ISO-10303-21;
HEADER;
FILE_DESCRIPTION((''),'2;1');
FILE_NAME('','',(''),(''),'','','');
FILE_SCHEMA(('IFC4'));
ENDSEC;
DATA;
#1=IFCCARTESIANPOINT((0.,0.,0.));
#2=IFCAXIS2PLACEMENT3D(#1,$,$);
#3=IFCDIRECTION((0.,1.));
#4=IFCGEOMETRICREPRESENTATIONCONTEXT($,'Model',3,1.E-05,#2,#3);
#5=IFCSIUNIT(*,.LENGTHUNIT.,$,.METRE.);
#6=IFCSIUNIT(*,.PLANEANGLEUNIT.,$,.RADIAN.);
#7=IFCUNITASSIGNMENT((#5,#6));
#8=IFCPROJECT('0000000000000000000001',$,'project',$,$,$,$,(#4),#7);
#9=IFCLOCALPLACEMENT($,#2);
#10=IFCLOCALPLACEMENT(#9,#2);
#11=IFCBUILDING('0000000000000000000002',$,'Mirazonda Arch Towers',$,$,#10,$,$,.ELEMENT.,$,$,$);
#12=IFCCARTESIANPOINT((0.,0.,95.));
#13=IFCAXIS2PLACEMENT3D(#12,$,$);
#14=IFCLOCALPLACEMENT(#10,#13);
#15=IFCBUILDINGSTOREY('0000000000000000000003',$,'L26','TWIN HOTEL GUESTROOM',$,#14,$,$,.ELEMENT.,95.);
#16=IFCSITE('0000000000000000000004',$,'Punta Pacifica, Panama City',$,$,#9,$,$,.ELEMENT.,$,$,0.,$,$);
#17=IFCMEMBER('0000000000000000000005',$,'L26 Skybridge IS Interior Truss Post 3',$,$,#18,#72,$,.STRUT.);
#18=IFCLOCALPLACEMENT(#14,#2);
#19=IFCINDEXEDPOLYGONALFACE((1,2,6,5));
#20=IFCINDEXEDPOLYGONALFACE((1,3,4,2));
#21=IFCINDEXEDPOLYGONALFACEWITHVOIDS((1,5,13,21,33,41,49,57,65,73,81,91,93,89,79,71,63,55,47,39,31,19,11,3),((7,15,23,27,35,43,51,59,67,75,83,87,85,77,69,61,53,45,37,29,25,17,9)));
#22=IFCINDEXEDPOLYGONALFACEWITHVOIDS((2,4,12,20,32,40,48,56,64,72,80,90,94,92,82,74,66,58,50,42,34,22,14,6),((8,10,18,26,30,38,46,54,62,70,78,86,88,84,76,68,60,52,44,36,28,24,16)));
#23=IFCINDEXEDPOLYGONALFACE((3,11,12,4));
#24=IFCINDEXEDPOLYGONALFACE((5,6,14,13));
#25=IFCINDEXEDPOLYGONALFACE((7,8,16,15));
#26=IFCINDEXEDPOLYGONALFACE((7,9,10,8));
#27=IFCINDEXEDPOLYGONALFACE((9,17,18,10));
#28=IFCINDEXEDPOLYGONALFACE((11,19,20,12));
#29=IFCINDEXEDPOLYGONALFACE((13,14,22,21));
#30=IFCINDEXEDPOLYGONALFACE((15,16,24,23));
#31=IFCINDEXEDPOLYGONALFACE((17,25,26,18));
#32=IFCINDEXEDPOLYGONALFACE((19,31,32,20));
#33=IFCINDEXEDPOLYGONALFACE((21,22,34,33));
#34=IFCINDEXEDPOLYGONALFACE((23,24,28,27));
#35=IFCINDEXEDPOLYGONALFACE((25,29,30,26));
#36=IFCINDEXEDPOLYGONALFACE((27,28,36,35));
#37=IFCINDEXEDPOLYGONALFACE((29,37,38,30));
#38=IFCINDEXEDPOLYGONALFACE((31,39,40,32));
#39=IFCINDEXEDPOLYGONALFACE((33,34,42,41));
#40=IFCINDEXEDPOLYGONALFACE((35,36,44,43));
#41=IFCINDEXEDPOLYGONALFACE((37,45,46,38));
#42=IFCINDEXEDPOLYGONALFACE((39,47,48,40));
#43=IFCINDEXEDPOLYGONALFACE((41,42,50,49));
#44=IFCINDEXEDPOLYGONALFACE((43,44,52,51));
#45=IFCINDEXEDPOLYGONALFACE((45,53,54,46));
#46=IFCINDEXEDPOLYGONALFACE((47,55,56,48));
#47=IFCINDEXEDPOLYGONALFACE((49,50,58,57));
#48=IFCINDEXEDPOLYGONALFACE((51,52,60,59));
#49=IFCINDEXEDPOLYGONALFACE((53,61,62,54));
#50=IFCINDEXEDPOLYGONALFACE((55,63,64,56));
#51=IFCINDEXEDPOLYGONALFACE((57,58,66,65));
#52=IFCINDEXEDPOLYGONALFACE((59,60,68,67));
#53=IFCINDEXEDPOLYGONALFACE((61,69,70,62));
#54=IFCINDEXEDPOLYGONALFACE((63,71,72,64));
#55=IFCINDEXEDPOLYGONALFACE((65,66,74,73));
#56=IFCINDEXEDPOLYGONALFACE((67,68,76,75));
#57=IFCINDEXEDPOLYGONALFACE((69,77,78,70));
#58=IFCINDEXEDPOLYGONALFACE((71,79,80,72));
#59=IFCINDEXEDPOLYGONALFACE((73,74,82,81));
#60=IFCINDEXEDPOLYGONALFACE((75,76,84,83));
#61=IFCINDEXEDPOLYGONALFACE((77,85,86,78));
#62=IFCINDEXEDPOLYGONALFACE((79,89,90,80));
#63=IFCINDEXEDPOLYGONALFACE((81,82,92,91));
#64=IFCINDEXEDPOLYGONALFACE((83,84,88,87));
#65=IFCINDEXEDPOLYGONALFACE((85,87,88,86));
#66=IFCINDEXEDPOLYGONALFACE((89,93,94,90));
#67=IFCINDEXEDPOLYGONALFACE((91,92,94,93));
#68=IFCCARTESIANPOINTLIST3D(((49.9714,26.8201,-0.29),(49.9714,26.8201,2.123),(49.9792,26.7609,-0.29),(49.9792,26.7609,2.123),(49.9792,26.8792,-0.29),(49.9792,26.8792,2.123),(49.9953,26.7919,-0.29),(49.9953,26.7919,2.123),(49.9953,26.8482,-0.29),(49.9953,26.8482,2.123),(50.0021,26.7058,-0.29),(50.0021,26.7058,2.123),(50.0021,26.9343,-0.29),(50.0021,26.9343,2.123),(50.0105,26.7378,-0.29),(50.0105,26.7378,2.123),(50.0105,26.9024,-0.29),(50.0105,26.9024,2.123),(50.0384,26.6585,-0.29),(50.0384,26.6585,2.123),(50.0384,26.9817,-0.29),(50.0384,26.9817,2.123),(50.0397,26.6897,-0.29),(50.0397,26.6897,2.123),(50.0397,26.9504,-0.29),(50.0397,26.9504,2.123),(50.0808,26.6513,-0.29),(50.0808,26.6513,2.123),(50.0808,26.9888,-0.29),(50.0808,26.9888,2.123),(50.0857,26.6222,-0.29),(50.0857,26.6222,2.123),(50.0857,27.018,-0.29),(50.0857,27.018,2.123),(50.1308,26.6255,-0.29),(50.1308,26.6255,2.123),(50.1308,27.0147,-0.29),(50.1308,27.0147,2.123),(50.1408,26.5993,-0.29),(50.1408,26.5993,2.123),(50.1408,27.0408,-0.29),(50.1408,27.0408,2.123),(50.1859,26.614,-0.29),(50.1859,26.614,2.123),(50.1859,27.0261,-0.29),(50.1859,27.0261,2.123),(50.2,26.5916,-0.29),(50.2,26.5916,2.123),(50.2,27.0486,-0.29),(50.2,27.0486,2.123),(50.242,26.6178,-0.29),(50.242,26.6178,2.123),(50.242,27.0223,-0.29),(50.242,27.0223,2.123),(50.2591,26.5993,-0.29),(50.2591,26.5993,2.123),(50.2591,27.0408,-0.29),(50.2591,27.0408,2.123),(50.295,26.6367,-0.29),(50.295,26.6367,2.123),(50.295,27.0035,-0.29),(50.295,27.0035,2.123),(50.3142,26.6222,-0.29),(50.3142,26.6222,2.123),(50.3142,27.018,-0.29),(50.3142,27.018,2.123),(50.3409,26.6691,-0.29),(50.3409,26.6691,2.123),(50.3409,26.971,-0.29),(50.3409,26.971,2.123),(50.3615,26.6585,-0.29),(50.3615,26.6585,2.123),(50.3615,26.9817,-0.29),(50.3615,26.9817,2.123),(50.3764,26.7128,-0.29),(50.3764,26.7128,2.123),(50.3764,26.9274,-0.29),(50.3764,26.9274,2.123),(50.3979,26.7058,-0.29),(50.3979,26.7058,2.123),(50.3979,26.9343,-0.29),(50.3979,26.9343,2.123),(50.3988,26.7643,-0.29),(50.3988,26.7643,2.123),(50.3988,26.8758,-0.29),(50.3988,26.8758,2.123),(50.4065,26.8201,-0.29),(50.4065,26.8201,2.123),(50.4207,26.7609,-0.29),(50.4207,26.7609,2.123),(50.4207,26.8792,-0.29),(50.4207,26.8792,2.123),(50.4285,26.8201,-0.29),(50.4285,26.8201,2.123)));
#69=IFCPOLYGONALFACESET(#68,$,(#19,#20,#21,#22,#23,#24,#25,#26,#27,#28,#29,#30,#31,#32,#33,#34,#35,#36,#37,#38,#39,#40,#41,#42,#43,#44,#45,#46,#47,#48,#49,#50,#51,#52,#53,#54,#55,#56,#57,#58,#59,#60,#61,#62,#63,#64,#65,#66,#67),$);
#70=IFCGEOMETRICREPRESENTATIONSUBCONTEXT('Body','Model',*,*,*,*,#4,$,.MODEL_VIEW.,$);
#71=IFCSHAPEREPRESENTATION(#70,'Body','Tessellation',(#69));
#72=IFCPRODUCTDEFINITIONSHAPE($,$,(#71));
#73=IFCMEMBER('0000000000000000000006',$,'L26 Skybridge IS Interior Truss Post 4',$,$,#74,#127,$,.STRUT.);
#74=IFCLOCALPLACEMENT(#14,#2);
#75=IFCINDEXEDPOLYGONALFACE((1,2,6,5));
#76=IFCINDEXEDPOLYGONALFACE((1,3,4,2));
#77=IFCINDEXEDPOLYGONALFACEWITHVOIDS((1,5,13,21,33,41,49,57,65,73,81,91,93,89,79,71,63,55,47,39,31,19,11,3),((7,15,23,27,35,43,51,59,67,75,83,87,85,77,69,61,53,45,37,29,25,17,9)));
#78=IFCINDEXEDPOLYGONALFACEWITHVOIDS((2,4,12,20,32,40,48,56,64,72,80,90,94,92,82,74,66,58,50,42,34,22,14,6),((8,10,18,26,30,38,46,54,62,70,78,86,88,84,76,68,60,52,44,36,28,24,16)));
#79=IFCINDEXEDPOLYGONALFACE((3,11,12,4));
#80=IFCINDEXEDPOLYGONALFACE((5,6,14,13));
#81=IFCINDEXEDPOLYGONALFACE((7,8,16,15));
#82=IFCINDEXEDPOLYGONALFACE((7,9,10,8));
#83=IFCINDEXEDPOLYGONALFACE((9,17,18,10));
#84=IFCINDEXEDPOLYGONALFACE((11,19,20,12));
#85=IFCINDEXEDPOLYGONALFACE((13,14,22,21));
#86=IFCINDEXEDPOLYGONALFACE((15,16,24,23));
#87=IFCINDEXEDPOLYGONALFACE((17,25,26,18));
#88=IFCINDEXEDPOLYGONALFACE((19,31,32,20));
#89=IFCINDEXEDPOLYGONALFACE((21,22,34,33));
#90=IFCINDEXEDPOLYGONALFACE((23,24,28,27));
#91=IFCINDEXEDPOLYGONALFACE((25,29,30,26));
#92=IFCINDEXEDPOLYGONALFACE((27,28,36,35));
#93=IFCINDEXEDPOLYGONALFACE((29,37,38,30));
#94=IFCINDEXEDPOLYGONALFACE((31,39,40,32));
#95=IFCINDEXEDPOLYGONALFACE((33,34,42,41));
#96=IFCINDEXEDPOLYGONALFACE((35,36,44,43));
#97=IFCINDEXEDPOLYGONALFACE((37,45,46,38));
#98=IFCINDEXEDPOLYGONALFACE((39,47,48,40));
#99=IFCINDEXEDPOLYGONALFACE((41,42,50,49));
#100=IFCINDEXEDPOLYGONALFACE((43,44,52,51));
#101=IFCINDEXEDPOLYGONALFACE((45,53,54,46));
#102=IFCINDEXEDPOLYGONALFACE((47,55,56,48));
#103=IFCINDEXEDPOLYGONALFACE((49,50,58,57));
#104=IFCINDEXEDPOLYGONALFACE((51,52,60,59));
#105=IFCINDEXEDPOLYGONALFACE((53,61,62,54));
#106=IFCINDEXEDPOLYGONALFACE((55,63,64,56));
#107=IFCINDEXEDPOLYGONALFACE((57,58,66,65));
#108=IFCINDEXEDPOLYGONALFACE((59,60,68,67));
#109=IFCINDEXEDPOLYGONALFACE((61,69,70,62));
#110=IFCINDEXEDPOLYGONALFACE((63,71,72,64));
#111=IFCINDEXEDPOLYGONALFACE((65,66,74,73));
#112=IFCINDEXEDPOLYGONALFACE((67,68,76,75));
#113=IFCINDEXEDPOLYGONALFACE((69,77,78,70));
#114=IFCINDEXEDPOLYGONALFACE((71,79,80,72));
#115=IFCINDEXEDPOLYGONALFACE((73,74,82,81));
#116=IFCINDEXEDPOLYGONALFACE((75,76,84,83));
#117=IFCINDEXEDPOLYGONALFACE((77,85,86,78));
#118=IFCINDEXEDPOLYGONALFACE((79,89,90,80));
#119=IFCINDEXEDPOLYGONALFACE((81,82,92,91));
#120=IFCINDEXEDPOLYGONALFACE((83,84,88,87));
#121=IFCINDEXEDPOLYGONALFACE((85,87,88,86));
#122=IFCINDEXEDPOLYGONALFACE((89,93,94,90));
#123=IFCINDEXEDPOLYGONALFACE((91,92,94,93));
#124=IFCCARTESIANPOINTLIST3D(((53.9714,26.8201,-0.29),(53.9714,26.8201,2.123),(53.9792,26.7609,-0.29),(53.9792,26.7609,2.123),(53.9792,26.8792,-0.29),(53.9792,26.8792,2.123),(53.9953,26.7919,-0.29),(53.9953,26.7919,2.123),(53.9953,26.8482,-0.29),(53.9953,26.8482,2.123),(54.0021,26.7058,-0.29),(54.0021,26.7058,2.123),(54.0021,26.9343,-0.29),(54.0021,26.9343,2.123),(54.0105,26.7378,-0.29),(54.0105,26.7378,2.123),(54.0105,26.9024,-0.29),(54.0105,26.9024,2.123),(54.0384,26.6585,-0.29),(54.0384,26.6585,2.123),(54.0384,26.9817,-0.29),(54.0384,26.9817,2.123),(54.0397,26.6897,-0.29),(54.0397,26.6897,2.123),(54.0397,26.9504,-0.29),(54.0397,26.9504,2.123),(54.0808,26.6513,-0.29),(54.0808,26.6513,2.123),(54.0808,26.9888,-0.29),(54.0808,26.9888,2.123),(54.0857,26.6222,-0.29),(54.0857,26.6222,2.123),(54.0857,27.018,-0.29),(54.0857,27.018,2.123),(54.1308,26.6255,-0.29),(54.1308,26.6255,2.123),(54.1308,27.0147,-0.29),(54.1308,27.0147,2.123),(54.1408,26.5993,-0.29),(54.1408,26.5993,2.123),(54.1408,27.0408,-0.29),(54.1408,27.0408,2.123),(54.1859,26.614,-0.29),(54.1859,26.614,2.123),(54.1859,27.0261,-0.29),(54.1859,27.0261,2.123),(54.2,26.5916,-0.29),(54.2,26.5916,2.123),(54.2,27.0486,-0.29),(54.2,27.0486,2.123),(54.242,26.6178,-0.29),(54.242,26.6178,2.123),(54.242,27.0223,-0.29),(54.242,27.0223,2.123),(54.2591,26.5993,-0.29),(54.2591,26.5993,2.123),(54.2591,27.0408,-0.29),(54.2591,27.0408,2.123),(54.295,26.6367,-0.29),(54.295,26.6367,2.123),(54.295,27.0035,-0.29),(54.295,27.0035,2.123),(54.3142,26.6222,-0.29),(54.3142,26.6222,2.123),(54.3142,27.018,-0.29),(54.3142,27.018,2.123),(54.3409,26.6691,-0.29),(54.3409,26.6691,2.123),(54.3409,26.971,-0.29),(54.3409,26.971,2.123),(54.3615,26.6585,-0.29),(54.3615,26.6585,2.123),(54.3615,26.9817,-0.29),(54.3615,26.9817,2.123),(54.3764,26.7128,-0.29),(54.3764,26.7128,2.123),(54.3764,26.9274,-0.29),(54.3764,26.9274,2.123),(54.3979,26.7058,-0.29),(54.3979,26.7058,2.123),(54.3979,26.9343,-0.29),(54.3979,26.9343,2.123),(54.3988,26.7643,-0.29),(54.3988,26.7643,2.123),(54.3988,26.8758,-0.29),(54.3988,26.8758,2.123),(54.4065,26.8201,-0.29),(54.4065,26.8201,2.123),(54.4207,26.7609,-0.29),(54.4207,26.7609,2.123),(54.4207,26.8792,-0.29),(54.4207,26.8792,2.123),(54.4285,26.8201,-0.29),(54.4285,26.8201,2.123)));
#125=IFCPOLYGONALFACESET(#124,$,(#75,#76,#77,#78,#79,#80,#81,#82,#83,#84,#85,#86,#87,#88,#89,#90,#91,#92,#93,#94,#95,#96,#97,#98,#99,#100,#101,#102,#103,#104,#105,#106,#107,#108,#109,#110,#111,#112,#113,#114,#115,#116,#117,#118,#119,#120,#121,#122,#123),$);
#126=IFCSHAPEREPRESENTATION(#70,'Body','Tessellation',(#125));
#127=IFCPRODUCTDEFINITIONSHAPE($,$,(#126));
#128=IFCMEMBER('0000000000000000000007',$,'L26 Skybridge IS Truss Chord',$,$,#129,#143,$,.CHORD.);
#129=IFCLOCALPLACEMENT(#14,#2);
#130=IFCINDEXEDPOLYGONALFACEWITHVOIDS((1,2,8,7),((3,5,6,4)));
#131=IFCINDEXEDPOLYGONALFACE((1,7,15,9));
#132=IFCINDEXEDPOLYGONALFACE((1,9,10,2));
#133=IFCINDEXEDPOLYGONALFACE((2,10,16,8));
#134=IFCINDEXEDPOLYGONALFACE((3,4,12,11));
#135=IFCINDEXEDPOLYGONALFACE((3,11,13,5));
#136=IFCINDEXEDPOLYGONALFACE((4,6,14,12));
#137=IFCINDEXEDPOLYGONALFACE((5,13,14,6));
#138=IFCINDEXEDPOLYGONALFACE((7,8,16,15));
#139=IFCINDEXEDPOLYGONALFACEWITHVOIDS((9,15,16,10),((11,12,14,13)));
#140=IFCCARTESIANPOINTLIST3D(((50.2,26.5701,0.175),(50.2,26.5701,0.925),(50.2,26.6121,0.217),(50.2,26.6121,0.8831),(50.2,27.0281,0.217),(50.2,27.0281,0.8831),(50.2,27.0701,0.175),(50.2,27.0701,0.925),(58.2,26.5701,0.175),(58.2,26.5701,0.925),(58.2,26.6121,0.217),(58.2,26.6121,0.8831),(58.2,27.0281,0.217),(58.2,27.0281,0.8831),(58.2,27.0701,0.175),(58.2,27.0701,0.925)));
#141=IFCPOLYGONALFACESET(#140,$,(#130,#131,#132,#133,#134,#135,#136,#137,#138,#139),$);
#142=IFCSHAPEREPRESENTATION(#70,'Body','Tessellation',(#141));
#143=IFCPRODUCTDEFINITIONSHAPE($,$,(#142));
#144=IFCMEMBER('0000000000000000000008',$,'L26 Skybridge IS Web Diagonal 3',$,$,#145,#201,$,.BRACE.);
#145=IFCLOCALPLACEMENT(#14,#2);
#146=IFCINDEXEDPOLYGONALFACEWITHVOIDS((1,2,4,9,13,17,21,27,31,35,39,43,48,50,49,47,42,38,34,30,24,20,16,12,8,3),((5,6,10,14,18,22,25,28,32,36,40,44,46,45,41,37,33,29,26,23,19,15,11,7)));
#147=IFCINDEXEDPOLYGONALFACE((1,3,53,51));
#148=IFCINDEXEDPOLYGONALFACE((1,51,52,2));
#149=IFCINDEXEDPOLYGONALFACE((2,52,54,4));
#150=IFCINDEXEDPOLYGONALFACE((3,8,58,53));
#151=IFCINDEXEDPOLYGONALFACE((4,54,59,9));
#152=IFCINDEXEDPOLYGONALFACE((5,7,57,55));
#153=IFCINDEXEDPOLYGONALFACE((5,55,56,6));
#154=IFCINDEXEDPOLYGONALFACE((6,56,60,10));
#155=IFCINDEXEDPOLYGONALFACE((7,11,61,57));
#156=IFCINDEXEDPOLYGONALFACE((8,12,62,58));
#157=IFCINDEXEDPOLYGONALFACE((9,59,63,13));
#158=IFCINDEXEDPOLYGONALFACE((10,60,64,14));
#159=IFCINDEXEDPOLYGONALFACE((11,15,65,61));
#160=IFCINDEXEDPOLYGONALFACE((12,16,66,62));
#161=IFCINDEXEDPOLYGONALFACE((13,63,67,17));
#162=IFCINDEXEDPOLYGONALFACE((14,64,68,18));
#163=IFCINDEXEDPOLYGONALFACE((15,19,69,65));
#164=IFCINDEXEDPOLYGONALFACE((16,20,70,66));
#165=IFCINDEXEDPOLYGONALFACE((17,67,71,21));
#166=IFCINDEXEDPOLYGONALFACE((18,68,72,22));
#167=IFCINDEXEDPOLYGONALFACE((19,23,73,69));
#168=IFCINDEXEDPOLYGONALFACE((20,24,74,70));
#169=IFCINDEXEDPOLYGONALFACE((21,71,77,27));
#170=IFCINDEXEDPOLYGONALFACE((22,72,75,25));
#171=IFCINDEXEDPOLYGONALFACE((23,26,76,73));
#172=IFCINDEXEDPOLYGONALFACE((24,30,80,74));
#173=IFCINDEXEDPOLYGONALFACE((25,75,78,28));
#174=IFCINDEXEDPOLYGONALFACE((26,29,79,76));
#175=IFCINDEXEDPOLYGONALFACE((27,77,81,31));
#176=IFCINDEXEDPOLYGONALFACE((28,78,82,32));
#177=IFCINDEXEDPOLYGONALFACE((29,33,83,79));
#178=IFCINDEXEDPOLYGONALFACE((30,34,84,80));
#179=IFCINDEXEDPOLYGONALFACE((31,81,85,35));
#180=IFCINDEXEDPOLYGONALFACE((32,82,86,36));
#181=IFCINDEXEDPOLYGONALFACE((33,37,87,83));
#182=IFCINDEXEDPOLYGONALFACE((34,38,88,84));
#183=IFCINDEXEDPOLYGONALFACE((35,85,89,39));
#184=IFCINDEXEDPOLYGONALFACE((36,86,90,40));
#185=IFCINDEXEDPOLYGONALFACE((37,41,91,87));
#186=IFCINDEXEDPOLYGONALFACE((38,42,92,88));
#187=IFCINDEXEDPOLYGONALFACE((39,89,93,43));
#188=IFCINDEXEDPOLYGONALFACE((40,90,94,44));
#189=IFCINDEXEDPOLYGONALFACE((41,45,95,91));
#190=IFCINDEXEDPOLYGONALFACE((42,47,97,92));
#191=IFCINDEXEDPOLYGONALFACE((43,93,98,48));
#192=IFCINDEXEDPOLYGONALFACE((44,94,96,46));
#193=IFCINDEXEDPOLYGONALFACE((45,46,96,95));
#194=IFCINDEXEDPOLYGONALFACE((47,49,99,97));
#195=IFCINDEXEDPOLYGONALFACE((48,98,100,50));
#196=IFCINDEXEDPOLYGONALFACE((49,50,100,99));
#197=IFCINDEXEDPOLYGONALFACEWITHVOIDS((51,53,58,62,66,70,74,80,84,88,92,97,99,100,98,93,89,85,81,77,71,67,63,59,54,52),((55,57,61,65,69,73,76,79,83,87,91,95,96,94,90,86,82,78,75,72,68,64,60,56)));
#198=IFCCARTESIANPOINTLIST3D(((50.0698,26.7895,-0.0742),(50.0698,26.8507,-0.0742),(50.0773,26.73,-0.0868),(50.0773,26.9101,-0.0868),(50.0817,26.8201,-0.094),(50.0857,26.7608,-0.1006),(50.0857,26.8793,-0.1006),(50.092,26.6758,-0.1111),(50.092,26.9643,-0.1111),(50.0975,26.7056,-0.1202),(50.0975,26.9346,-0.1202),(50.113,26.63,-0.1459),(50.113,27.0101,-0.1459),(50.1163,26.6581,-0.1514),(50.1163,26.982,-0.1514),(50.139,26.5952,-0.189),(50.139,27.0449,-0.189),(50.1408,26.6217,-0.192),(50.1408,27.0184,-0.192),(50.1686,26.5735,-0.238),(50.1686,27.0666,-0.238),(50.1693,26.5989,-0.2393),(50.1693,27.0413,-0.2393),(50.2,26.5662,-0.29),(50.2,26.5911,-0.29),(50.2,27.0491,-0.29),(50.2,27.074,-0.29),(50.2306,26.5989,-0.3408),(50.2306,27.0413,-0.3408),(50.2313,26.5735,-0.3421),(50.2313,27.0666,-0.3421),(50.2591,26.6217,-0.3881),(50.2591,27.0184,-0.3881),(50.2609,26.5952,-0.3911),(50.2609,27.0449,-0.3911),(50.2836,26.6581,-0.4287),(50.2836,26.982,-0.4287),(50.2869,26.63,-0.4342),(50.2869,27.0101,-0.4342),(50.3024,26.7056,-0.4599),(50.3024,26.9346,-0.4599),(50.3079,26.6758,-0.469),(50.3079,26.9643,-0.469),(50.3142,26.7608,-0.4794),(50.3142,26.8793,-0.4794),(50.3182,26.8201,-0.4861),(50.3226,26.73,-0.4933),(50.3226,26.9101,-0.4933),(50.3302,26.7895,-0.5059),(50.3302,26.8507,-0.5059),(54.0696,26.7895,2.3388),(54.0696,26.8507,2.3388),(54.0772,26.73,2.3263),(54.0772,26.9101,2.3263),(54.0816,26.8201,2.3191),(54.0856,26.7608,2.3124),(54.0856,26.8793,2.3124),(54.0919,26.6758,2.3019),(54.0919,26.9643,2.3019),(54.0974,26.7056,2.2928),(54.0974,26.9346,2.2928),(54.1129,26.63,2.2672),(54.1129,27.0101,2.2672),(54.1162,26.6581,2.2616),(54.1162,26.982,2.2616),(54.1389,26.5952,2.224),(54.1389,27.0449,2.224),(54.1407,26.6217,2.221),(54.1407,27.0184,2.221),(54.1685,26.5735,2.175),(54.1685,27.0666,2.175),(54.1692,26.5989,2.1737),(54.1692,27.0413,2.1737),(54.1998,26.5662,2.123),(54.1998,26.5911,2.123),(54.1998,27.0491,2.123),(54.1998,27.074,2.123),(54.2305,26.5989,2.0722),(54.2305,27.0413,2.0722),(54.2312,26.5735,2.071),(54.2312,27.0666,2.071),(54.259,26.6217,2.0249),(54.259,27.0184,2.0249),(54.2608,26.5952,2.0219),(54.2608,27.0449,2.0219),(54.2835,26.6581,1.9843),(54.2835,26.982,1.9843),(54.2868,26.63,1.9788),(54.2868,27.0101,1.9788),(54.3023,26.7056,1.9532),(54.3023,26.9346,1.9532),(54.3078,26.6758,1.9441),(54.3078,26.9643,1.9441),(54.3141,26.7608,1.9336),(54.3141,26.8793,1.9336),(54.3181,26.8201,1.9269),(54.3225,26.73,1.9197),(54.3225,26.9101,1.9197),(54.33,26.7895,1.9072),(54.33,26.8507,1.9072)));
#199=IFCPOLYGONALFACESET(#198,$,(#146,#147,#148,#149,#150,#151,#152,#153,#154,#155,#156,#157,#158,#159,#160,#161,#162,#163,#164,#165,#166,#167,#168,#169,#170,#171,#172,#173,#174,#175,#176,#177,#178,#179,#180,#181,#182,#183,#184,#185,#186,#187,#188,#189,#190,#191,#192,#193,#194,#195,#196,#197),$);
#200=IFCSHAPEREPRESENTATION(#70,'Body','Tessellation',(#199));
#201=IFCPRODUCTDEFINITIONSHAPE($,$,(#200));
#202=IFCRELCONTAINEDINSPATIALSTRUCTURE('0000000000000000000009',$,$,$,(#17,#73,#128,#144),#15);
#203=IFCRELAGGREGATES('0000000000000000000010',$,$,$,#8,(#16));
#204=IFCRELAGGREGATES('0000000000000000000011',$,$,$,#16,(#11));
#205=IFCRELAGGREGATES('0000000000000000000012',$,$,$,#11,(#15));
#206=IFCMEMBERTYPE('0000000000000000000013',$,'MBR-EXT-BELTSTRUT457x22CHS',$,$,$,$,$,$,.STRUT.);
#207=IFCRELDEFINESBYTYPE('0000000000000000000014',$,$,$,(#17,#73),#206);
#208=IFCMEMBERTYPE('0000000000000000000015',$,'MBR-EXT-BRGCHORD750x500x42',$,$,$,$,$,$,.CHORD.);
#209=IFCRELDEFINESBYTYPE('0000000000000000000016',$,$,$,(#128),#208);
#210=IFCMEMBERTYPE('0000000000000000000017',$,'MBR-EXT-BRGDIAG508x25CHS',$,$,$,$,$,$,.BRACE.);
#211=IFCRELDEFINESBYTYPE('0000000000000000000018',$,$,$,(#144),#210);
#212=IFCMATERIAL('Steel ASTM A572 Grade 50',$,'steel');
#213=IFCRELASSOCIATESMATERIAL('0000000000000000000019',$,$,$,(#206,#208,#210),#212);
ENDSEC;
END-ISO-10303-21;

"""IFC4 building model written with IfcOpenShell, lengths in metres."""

from ifc_helpers import new_model, si_unit, direction, frame, origin, origin_2d, place, context, subcontext, project, spatial, hollow_rectangle, hollow_circle, extrude, material, material_profile, profile_set, type_object, element, save


model = new_model("IFC4")

# Units and contexts
model_context = context("Model", 3, precision=1e-05, world=origin(), true_north=direction((0.0, 1.0)))
body_context = subcontext(model_context, "Body", "Model", "MODEL_VIEW")
ifc_project = project(units=[si_unit("LENGTHUNIT", "METRE"), si_unit("PLANEANGLEUNIT", "RADIAN")], contexts=[model_context])

# Site, building, storey
site_placement = place(None, origin())
site = spatial("IfcSite", under=ifc_project, at=site_placement, Name="Punta Pacifica, Panama City", CompositionType="ELEMENT", RefElevation=0.0)
building_placement = place(site_placement, origin())
building = spatial("IfcBuilding", under=site, at=building_placement, Name="Mirazonda Arch Towers", CompositionType="ELEMENT")
storey_placement = place(building_placement, frame((0.0, 0.0, 95.0)))
storey = spatial("IfcBuildingStorey", under=building, at=storey_placement, Name="L26", Description="TWIN HOTEL GUESTROOM", CompositionType="ELEMENT", Elevation=95.0)

# Members
ifc_material_1 = material(Name="Steel ASTM A572 Grade 50", Category="steel")
ifc_material_profile_1 = material_profile(ifc_material_1, hollow_circle(Radius=0.2285, WallThickness=0.022, at=origin_2d()), Name="BELTSTRUT457x22CHS")
ifc_profile_set_1 = profile_set([ifc_material_profile_1], Name="Steel ASTM A572 Grade 50")
member_type_1 = type_object("IfcMemberType", Name="MBR-EXT-BELTSTRUT457x22CHS", PredefinedType="STRUT", material=ifc_profile_set_1)
for number, where, z_axis, x_axis, name in (
    (1, (50.2, 26.8201, -0.29), (0.0, 0.0, 1.0), (1.0, 0.0, 0.0), "L26 Skybridge IS Interior Truss Post 3"),
    (2, (54.2, 26.8201, -0.29), (0.0, 0.0, 1.0), (1.0, 0.0, 0.0), "L26 Skybridge IS Interior Truss Post 4"),
):
    element("IfcMember", number, at=place(storey_placement, frame(where, z_axis=z_axis, x_axis=x_axis)), inside=storey, type_object=member_type_1, Name=name, PredefinedType="STRUT", context=body_context, shape_type="SweptSolid", body=[
        extrude(hollow_circle(Radius=0.2285, WallThickness=0.022, at=origin_2d()), origin(), (0.0, 0.0, 1.0), 2.4131),
    ])
ifc_material_profile_2 = material_profile(ifc_material_1, hollow_rectangle(XDim=0.5, YDim=0.75, WallThickness=0.042, at=origin_2d()), Name="BRGCHORD750x500x42")
ifc_profile_set_2 = profile_set([ifc_material_profile_2], Name="Steel ASTM A572 Grade 50")
member_type_2 = type_object("IfcMemberType", Name="MBR-EXT-BRGCHORD750x500x42", PredefinedType="CHORD", material=ifc_profile_set_2)
member_1_placement = place(storey_placement, frame((50.2, 26.8201, 0.55), z_axis=(1.0, 0.0, 0.0), x_axis=(0.0, 1.0, 0.0)))
element("IfcMember", 3, at=member_1_placement, inside=storey, type_object=member_type_2, Name="L26 Skybridge IS Truss Chord", PredefinedType="CHORD", context=body_context, shape_type="SweptSolid", body=[
    extrude(hollow_rectangle(XDim=0.5, YDim=0.75, WallThickness=0.042, at=origin_2d()), origin(), (0.0, 0.0, 1.0), 8.0),
])
ifc_material_profile_3 = material_profile(ifc_material_1, hollow_circle(Radius=0.2539, WallThickness=0.0249, at=origin_2d()), Name="BRGDIAG508x25CHS")
ifc_profile_set_3 = profile_set([ifc_material_profile_3], Name="Steel ASTM A572 Grade 50")
member_type_3 = type_object("IfcMemberType", Name="MBR-EXT-BRGDIAG508x25CHS", PredefinedType="BRACE", material=ifc_profile_set_3)
for number, where, z_axis, x_axis, name in (
    (4, (50.2, 26.8201, -0.29), (0.856255, 0.0, 0.516554), (0.0, 1.0, 0.0), "L26 Skybridge IS Web Diagonal 3"),
):
    element("IfcMember", number, at=place(storey_placement, frame(where, z_axis=z_axis, x_axis=x_axis)), inside=storey, type_object=member_type_3, Name=name, PredefinedType="BRACE", context=body_context, shape_type="SweptSolid", body=[
        extrude(hollow_circle(Radius=0.2539, WallThickness=0.0249, at=origin_2d()), origin(), (0.0, 0.0, 1.0), 4.6714),
    ])

save(model, "model.ifc")
